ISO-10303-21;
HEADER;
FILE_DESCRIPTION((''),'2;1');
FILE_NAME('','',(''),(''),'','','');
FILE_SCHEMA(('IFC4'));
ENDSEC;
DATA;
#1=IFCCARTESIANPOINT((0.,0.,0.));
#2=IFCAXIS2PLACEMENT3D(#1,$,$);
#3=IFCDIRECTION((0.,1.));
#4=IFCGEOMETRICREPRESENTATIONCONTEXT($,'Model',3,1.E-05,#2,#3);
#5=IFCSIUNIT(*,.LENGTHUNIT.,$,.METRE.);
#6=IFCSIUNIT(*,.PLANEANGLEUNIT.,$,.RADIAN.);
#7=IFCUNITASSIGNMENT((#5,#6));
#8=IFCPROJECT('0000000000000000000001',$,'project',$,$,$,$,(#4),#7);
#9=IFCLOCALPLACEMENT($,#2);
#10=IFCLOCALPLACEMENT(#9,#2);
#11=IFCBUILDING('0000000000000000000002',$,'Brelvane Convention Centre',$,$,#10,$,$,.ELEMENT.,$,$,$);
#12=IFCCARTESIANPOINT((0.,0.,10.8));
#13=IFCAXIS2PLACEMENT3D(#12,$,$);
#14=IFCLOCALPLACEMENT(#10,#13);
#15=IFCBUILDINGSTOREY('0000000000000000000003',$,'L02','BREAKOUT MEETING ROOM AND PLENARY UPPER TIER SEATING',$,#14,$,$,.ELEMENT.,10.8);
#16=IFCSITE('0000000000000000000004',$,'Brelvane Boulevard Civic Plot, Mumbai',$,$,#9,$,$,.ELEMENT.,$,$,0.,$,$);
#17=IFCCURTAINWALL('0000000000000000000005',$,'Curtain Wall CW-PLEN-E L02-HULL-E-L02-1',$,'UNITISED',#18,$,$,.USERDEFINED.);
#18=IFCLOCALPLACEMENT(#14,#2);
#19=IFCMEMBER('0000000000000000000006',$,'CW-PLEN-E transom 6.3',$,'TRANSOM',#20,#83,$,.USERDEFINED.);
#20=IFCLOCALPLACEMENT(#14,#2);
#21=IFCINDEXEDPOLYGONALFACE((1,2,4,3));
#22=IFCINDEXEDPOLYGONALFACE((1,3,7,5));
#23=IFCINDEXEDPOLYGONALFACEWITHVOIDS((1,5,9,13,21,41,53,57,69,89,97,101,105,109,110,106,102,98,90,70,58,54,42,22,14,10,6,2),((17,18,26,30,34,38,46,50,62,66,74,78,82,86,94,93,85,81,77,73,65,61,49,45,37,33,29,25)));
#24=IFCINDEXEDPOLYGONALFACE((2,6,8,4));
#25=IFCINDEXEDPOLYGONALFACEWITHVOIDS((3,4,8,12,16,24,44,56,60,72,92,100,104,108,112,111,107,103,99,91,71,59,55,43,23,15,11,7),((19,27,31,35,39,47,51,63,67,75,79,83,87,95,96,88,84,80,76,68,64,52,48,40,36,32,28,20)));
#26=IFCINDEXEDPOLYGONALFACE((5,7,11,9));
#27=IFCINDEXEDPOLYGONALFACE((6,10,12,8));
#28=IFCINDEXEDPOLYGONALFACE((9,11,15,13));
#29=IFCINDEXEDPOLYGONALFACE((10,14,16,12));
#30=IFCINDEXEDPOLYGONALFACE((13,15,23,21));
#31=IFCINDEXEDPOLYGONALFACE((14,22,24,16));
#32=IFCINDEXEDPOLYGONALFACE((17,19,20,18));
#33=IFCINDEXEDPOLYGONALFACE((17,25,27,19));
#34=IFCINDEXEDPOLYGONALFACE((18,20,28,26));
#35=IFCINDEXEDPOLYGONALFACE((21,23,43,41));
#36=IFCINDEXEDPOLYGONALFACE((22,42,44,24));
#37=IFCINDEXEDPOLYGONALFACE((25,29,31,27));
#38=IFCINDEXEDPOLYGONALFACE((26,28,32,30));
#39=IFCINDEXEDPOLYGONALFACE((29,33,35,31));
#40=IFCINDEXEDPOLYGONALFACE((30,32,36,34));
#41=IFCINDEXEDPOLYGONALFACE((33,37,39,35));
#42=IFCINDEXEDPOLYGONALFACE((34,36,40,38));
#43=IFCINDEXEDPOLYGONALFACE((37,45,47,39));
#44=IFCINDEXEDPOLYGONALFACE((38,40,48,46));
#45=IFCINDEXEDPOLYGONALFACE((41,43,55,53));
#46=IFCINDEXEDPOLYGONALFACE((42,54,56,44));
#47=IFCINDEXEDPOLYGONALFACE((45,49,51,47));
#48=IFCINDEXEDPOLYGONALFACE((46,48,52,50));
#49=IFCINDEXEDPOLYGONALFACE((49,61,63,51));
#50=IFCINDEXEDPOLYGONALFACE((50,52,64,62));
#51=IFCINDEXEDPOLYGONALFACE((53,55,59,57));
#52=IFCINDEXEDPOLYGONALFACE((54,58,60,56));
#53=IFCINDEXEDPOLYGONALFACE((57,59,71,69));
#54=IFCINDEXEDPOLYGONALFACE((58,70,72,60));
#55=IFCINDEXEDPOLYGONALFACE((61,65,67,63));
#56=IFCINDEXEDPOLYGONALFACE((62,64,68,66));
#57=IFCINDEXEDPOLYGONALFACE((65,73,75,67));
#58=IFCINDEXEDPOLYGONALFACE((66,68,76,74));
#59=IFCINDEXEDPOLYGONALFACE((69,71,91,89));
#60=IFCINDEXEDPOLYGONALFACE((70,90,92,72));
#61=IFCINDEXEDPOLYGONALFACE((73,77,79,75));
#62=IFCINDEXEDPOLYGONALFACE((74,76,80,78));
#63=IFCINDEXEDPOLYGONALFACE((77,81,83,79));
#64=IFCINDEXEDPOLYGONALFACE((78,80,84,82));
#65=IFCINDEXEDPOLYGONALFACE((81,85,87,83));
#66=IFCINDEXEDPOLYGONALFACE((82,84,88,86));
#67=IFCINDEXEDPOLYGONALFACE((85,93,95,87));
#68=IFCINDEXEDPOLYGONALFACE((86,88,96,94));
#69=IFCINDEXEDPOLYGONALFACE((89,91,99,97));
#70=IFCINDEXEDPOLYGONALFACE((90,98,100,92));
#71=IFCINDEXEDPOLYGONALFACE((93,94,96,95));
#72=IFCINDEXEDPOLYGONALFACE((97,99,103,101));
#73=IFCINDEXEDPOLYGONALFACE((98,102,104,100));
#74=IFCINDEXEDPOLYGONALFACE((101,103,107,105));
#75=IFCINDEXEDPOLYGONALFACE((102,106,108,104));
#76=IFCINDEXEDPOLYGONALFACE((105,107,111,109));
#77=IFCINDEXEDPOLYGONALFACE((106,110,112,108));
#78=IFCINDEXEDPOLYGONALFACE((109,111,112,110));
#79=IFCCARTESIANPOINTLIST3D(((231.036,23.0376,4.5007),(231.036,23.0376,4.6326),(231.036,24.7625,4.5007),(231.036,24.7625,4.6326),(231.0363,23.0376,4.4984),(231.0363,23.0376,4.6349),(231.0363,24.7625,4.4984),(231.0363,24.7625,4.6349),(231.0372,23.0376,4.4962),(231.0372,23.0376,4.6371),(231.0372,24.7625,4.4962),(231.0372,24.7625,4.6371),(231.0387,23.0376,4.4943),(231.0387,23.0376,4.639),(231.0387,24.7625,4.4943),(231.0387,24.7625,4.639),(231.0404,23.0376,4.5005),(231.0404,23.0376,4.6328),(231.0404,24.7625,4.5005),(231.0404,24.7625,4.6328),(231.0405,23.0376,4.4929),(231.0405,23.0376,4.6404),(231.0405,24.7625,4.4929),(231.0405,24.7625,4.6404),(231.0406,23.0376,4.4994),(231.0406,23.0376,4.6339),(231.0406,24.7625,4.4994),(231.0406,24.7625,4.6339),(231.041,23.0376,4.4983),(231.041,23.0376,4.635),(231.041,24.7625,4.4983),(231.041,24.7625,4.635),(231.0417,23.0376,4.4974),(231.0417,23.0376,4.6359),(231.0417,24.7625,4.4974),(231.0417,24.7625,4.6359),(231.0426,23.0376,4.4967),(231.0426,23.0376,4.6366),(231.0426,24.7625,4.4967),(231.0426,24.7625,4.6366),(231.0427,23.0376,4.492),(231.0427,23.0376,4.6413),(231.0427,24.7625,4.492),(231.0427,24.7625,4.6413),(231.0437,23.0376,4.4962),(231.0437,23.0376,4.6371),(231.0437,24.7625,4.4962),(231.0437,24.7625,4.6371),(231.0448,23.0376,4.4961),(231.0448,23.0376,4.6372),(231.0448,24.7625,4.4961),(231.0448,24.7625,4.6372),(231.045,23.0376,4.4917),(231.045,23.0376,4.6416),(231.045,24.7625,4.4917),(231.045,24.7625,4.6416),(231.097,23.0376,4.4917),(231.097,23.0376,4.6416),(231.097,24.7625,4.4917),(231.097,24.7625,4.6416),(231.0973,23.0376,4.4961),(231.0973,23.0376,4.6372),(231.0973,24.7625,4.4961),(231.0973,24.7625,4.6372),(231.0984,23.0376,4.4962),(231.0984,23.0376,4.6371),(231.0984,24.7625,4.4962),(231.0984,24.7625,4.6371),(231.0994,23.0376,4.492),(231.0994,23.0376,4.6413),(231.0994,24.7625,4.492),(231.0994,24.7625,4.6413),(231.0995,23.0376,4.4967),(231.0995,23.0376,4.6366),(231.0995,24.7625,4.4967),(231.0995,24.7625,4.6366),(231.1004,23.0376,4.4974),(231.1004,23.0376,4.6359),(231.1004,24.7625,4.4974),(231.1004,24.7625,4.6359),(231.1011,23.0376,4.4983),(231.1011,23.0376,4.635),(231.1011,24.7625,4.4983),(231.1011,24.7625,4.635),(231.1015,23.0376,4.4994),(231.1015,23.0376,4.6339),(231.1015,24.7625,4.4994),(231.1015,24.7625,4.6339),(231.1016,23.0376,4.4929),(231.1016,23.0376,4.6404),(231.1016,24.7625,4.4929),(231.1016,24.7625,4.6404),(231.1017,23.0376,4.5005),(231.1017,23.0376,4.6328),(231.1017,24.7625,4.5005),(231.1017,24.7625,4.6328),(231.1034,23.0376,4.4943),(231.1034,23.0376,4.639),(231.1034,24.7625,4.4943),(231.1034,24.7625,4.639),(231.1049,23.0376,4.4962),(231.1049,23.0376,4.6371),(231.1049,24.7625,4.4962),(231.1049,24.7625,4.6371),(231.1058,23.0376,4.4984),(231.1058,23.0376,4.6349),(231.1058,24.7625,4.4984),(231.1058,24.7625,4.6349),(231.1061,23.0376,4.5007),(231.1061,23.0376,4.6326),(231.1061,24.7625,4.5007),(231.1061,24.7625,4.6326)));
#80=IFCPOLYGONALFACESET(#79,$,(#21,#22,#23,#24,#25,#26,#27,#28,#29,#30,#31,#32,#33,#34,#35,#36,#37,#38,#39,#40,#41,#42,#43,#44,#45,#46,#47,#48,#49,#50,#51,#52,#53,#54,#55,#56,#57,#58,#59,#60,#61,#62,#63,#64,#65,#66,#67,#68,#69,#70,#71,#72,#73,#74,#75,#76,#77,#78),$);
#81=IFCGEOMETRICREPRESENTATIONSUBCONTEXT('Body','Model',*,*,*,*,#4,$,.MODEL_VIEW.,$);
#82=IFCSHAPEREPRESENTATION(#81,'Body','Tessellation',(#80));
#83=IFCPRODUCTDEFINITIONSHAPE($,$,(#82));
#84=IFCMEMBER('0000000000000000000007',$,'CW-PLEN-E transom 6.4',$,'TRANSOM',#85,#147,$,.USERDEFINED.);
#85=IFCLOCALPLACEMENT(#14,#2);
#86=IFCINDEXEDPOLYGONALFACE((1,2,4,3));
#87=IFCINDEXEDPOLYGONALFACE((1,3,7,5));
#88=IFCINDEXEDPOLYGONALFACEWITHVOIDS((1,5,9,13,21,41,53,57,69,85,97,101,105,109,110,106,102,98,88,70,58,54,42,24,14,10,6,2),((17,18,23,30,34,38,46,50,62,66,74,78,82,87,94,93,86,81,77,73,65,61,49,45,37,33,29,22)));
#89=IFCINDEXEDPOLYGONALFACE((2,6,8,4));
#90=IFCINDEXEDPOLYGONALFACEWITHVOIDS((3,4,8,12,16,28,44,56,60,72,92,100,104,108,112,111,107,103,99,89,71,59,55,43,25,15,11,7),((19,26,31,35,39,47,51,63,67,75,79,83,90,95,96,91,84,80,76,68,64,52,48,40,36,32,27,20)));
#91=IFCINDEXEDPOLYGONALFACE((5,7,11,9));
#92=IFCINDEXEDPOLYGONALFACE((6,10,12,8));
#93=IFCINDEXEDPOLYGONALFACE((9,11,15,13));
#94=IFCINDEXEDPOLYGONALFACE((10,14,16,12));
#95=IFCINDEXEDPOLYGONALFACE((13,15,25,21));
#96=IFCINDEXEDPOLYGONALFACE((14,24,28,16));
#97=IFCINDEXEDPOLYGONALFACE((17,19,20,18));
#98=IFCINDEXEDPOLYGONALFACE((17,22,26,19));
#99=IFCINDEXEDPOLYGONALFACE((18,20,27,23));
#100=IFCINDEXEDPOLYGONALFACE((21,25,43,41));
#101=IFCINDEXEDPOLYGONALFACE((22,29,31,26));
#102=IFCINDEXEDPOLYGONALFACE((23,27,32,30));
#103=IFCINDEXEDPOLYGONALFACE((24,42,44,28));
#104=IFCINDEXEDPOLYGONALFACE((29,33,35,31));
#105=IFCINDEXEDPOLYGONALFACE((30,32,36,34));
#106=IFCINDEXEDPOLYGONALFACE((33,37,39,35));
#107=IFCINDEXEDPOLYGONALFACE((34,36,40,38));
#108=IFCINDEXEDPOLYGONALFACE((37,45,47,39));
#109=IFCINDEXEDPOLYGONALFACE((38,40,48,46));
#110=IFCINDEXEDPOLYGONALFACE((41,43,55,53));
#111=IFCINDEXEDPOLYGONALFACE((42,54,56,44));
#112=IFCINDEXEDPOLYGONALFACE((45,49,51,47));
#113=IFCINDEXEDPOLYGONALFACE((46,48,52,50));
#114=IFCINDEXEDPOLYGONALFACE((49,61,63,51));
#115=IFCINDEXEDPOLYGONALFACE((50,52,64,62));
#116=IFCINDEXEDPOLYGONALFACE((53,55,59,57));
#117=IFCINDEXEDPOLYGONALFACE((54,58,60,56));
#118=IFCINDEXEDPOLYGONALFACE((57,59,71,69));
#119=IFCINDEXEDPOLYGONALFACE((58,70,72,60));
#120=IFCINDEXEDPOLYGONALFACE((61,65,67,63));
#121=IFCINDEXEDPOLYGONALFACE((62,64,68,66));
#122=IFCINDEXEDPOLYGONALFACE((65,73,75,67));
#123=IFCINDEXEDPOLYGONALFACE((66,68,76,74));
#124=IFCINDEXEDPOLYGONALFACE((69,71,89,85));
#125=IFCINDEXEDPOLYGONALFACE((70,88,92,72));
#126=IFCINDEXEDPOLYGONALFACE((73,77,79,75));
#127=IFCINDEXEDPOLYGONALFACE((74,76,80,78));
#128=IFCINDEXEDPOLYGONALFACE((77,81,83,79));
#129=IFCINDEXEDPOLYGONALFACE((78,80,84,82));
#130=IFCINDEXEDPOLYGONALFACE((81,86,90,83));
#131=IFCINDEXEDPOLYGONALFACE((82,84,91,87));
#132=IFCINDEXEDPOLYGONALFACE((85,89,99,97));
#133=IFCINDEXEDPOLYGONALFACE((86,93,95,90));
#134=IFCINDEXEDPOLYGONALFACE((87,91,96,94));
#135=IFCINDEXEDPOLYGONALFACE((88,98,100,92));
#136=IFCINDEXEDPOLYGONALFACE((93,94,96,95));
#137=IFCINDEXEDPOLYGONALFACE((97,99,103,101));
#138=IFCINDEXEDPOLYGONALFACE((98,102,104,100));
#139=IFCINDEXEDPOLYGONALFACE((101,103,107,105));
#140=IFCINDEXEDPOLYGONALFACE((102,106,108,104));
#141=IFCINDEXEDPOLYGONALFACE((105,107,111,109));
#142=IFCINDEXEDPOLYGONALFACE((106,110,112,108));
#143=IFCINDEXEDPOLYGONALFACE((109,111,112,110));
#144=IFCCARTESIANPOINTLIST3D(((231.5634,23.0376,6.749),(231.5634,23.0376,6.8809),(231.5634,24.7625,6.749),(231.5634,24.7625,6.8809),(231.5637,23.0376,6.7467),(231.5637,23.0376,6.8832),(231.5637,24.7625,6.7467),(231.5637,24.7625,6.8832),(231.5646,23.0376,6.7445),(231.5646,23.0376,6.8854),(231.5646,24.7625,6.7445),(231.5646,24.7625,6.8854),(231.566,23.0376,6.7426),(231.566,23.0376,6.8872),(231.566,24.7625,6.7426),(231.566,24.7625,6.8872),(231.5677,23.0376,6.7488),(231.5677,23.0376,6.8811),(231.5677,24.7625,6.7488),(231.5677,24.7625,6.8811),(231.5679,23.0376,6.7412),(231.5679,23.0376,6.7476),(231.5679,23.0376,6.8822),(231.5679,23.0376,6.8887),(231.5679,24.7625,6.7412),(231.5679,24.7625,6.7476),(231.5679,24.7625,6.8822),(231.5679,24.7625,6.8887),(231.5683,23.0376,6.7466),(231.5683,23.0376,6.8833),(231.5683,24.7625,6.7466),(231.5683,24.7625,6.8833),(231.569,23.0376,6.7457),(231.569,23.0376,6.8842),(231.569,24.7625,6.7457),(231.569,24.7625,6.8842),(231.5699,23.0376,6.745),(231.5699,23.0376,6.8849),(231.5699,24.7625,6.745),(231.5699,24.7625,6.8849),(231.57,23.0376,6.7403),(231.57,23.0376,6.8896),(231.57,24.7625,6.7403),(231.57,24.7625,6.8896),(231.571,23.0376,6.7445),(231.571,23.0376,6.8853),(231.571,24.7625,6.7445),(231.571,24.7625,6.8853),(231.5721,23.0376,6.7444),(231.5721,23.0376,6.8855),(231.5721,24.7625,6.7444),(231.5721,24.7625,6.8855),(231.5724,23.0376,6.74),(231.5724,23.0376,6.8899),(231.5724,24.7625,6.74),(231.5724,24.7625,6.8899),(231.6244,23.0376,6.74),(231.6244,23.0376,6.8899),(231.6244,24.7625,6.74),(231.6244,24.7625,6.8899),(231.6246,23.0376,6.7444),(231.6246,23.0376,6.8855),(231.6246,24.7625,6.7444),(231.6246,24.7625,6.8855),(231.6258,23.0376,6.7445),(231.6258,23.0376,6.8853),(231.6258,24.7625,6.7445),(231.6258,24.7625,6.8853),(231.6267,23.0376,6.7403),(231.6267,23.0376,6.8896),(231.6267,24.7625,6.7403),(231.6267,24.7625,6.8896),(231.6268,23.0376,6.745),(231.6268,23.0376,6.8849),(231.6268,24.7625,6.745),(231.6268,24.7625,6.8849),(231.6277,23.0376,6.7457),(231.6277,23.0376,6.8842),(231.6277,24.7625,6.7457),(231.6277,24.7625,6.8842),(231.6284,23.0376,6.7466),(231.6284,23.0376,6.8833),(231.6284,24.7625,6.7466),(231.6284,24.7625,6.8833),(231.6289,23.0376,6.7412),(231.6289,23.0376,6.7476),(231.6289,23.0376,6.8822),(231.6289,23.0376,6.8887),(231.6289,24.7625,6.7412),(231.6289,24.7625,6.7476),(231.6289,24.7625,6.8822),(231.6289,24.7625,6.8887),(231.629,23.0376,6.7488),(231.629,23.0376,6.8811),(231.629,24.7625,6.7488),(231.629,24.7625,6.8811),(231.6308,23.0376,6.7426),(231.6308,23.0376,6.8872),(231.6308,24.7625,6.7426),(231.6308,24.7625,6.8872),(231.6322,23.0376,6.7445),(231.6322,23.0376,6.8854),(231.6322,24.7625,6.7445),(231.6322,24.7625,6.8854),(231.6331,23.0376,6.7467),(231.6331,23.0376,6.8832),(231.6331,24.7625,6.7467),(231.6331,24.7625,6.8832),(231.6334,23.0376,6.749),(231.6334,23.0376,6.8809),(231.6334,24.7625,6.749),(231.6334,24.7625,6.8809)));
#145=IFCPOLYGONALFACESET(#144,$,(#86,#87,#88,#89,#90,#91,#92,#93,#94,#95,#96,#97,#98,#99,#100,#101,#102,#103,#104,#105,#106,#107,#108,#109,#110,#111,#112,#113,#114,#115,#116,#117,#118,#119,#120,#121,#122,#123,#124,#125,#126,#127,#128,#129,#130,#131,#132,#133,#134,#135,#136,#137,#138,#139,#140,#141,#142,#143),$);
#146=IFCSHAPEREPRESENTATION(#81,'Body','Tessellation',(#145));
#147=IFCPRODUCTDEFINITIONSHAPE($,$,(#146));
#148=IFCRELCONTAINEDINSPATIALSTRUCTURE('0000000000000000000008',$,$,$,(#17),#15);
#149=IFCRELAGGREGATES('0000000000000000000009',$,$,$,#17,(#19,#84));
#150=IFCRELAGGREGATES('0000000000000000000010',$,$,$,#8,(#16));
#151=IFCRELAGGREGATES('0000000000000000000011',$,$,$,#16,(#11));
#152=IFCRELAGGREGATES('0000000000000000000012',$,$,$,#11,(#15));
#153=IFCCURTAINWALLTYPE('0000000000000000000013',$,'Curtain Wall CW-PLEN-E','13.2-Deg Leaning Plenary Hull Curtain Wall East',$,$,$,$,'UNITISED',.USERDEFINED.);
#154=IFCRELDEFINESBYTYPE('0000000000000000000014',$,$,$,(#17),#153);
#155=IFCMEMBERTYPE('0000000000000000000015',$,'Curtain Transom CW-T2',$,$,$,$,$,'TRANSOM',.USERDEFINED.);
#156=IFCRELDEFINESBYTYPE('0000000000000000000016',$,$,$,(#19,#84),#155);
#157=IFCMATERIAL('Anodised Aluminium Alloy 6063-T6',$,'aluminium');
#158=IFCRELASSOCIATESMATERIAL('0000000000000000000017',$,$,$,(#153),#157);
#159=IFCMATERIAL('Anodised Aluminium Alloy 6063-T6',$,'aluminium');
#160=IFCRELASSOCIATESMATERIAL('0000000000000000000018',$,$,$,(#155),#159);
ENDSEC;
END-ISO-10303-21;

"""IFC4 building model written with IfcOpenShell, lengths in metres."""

from ifc_helpers import new_model, si_unit, direction, frame, origin, origin_2d, place, context, subcontext, project, spatial, hollow_rectangle, extrude, material, material_profile, profile_set, type_object, element, aggregate, save


model = new_model("IFC4")

# Units and contexts
model_context = context("Model", 3, precision=1e-05, world=origin(), true_north=direction((0.0, 1.0)))
body_context = subcontext(model_context, "Body", "Model", "MODEL_VIEW")
ifc_project = project(units=[si_unit("LENGTHUNIT", "METRE"), si_unit("PLANEANGLEUNIT", "RADIAN")], contexts=[model_context])

# Site, building, storey
site_placement = place(None, origin())
site = spatial("IfcSite", under=ifc_project, at=site_placement, Name="Brelvane Boulevard Civic Plot, Mumbai", CompositionType="ELEMENT", RefElevation=0.0)
building_placement = place(site_placement, origin())
building = spatial("IfcBuilding", under=site, at=building_placement, Name="Brelvane Convention Centre", CompositionType="ELEMENT")
storey_placement = place(building_placement, frame((0.0, 0.0, 10.8)))
storey = spatial("IfcBuildingStorey", under=building, at=storey_placement, Name="L02", Description="BREAKOUT MEETING ROOM AND PLENARY UPPER TIER SEATING", CompositionType="ELEMENT", Elevation=10.8)

# Curtain wall, members
ifc_material_1 = material(Name="Anodised Aluminium Alloy 6063-T6", Category="aluminium")
curtain_wall_type = type_object("IfcCurtainWallType", Name="Curtain Wall CW-PLEN-E", Description="13.2-Deg Leaning Plenary Hull Curtain Wall East", ElementType="UNITISED", PredefinedType="USERDEFINED", material=ifc_material_1)
curtain_wall_1_placement = place(storey_placement, origin())
curtain_wall_1 = element("IfcCurtainWall", 1, at=curtain_wall_1_placement, inside=storey, type_object=curtain_wall_type, Name="Curtain Wall CW-PLEN-E L02-HULL-E-L02-1", ObjectType="UNITISED", PredefinedType="USERDEFINED")
ifc_material_2 = material(Name="Anodised Aluminium Alloy 6063-T6", Category="aluminium")
ifc_material_profile = material_profile(ifc_material_2, hollow_rectangle(XDim=0.0701, YDim=0.1499, WallThickness=0.0044, InnerFilletRadius=0.0044, OuterFilletRadius=0.009, at=origin_2d()), Name="ALU-T 150x70x4.5")
ifc_profile_set = profile_set([ifc_material_profile], Name="Anodised Aluminium Alloy 6063-T6")
member_type = type_object("IfcMemberType", Name="Curtain Transom CW-T2", ElementType="TRANSOM", PredefinedType="USERDEFINED", material=ifc_profile_set)
member_1_placement = place(storey_placement, frame((231.071, 23.0376, 4.5667), z_axis=(0.0, 1.0, 0.0), x_axis=(-1.0, 0.0, 0.0)))
member_1 = element("IfcMember", 2, at=member_1_placement, type_object=member_type, Name="CW-PLEN-E transom 6.3", ObjectType="TRANSOM", PredefinedType="USERDEFINED", context=body_context, shape_type="SweptSolid", body=[
    extrude(hollow_rectangle(XDim=0.0701, YDim=0.1499, WallThickness=0.0044, InnerFilletRadius=0.0044, OuterFilletRadius=0.009, at=origin_2d()), origin(), (0.0, 0.0, 1.0), 1.7249),
])
member_2_placement = place(storey_placement, frame((231.5984, 23.0376, 6.8149), z_axis=(0.0, 1.0, 0.0), x_axis=(-1.0, 0.0, 0.0)))
member_2 = element("IfcMember", 3, at=member_2_placement, type_object=member_type, Name="CW-PLEN-E transom 6.4", ObjectType="TRANSOM", PredefinedType="USERDEFINED", context=body_context, shape_type="SweptSolid", body=[
    extrude(hollow_rectangle(XDim=0.0701, YDim=0.1499, WallThickness=0.0044, InnerFilletRadius=0.0044, OuterFilletRadius=0.009, at=origin_2d()), origin(), (0.0, 0.0, 1.0), 1.7249),
])

aggregate(curtain_wall_1, [member_1, member_2])

save(model, "model.ifc")
